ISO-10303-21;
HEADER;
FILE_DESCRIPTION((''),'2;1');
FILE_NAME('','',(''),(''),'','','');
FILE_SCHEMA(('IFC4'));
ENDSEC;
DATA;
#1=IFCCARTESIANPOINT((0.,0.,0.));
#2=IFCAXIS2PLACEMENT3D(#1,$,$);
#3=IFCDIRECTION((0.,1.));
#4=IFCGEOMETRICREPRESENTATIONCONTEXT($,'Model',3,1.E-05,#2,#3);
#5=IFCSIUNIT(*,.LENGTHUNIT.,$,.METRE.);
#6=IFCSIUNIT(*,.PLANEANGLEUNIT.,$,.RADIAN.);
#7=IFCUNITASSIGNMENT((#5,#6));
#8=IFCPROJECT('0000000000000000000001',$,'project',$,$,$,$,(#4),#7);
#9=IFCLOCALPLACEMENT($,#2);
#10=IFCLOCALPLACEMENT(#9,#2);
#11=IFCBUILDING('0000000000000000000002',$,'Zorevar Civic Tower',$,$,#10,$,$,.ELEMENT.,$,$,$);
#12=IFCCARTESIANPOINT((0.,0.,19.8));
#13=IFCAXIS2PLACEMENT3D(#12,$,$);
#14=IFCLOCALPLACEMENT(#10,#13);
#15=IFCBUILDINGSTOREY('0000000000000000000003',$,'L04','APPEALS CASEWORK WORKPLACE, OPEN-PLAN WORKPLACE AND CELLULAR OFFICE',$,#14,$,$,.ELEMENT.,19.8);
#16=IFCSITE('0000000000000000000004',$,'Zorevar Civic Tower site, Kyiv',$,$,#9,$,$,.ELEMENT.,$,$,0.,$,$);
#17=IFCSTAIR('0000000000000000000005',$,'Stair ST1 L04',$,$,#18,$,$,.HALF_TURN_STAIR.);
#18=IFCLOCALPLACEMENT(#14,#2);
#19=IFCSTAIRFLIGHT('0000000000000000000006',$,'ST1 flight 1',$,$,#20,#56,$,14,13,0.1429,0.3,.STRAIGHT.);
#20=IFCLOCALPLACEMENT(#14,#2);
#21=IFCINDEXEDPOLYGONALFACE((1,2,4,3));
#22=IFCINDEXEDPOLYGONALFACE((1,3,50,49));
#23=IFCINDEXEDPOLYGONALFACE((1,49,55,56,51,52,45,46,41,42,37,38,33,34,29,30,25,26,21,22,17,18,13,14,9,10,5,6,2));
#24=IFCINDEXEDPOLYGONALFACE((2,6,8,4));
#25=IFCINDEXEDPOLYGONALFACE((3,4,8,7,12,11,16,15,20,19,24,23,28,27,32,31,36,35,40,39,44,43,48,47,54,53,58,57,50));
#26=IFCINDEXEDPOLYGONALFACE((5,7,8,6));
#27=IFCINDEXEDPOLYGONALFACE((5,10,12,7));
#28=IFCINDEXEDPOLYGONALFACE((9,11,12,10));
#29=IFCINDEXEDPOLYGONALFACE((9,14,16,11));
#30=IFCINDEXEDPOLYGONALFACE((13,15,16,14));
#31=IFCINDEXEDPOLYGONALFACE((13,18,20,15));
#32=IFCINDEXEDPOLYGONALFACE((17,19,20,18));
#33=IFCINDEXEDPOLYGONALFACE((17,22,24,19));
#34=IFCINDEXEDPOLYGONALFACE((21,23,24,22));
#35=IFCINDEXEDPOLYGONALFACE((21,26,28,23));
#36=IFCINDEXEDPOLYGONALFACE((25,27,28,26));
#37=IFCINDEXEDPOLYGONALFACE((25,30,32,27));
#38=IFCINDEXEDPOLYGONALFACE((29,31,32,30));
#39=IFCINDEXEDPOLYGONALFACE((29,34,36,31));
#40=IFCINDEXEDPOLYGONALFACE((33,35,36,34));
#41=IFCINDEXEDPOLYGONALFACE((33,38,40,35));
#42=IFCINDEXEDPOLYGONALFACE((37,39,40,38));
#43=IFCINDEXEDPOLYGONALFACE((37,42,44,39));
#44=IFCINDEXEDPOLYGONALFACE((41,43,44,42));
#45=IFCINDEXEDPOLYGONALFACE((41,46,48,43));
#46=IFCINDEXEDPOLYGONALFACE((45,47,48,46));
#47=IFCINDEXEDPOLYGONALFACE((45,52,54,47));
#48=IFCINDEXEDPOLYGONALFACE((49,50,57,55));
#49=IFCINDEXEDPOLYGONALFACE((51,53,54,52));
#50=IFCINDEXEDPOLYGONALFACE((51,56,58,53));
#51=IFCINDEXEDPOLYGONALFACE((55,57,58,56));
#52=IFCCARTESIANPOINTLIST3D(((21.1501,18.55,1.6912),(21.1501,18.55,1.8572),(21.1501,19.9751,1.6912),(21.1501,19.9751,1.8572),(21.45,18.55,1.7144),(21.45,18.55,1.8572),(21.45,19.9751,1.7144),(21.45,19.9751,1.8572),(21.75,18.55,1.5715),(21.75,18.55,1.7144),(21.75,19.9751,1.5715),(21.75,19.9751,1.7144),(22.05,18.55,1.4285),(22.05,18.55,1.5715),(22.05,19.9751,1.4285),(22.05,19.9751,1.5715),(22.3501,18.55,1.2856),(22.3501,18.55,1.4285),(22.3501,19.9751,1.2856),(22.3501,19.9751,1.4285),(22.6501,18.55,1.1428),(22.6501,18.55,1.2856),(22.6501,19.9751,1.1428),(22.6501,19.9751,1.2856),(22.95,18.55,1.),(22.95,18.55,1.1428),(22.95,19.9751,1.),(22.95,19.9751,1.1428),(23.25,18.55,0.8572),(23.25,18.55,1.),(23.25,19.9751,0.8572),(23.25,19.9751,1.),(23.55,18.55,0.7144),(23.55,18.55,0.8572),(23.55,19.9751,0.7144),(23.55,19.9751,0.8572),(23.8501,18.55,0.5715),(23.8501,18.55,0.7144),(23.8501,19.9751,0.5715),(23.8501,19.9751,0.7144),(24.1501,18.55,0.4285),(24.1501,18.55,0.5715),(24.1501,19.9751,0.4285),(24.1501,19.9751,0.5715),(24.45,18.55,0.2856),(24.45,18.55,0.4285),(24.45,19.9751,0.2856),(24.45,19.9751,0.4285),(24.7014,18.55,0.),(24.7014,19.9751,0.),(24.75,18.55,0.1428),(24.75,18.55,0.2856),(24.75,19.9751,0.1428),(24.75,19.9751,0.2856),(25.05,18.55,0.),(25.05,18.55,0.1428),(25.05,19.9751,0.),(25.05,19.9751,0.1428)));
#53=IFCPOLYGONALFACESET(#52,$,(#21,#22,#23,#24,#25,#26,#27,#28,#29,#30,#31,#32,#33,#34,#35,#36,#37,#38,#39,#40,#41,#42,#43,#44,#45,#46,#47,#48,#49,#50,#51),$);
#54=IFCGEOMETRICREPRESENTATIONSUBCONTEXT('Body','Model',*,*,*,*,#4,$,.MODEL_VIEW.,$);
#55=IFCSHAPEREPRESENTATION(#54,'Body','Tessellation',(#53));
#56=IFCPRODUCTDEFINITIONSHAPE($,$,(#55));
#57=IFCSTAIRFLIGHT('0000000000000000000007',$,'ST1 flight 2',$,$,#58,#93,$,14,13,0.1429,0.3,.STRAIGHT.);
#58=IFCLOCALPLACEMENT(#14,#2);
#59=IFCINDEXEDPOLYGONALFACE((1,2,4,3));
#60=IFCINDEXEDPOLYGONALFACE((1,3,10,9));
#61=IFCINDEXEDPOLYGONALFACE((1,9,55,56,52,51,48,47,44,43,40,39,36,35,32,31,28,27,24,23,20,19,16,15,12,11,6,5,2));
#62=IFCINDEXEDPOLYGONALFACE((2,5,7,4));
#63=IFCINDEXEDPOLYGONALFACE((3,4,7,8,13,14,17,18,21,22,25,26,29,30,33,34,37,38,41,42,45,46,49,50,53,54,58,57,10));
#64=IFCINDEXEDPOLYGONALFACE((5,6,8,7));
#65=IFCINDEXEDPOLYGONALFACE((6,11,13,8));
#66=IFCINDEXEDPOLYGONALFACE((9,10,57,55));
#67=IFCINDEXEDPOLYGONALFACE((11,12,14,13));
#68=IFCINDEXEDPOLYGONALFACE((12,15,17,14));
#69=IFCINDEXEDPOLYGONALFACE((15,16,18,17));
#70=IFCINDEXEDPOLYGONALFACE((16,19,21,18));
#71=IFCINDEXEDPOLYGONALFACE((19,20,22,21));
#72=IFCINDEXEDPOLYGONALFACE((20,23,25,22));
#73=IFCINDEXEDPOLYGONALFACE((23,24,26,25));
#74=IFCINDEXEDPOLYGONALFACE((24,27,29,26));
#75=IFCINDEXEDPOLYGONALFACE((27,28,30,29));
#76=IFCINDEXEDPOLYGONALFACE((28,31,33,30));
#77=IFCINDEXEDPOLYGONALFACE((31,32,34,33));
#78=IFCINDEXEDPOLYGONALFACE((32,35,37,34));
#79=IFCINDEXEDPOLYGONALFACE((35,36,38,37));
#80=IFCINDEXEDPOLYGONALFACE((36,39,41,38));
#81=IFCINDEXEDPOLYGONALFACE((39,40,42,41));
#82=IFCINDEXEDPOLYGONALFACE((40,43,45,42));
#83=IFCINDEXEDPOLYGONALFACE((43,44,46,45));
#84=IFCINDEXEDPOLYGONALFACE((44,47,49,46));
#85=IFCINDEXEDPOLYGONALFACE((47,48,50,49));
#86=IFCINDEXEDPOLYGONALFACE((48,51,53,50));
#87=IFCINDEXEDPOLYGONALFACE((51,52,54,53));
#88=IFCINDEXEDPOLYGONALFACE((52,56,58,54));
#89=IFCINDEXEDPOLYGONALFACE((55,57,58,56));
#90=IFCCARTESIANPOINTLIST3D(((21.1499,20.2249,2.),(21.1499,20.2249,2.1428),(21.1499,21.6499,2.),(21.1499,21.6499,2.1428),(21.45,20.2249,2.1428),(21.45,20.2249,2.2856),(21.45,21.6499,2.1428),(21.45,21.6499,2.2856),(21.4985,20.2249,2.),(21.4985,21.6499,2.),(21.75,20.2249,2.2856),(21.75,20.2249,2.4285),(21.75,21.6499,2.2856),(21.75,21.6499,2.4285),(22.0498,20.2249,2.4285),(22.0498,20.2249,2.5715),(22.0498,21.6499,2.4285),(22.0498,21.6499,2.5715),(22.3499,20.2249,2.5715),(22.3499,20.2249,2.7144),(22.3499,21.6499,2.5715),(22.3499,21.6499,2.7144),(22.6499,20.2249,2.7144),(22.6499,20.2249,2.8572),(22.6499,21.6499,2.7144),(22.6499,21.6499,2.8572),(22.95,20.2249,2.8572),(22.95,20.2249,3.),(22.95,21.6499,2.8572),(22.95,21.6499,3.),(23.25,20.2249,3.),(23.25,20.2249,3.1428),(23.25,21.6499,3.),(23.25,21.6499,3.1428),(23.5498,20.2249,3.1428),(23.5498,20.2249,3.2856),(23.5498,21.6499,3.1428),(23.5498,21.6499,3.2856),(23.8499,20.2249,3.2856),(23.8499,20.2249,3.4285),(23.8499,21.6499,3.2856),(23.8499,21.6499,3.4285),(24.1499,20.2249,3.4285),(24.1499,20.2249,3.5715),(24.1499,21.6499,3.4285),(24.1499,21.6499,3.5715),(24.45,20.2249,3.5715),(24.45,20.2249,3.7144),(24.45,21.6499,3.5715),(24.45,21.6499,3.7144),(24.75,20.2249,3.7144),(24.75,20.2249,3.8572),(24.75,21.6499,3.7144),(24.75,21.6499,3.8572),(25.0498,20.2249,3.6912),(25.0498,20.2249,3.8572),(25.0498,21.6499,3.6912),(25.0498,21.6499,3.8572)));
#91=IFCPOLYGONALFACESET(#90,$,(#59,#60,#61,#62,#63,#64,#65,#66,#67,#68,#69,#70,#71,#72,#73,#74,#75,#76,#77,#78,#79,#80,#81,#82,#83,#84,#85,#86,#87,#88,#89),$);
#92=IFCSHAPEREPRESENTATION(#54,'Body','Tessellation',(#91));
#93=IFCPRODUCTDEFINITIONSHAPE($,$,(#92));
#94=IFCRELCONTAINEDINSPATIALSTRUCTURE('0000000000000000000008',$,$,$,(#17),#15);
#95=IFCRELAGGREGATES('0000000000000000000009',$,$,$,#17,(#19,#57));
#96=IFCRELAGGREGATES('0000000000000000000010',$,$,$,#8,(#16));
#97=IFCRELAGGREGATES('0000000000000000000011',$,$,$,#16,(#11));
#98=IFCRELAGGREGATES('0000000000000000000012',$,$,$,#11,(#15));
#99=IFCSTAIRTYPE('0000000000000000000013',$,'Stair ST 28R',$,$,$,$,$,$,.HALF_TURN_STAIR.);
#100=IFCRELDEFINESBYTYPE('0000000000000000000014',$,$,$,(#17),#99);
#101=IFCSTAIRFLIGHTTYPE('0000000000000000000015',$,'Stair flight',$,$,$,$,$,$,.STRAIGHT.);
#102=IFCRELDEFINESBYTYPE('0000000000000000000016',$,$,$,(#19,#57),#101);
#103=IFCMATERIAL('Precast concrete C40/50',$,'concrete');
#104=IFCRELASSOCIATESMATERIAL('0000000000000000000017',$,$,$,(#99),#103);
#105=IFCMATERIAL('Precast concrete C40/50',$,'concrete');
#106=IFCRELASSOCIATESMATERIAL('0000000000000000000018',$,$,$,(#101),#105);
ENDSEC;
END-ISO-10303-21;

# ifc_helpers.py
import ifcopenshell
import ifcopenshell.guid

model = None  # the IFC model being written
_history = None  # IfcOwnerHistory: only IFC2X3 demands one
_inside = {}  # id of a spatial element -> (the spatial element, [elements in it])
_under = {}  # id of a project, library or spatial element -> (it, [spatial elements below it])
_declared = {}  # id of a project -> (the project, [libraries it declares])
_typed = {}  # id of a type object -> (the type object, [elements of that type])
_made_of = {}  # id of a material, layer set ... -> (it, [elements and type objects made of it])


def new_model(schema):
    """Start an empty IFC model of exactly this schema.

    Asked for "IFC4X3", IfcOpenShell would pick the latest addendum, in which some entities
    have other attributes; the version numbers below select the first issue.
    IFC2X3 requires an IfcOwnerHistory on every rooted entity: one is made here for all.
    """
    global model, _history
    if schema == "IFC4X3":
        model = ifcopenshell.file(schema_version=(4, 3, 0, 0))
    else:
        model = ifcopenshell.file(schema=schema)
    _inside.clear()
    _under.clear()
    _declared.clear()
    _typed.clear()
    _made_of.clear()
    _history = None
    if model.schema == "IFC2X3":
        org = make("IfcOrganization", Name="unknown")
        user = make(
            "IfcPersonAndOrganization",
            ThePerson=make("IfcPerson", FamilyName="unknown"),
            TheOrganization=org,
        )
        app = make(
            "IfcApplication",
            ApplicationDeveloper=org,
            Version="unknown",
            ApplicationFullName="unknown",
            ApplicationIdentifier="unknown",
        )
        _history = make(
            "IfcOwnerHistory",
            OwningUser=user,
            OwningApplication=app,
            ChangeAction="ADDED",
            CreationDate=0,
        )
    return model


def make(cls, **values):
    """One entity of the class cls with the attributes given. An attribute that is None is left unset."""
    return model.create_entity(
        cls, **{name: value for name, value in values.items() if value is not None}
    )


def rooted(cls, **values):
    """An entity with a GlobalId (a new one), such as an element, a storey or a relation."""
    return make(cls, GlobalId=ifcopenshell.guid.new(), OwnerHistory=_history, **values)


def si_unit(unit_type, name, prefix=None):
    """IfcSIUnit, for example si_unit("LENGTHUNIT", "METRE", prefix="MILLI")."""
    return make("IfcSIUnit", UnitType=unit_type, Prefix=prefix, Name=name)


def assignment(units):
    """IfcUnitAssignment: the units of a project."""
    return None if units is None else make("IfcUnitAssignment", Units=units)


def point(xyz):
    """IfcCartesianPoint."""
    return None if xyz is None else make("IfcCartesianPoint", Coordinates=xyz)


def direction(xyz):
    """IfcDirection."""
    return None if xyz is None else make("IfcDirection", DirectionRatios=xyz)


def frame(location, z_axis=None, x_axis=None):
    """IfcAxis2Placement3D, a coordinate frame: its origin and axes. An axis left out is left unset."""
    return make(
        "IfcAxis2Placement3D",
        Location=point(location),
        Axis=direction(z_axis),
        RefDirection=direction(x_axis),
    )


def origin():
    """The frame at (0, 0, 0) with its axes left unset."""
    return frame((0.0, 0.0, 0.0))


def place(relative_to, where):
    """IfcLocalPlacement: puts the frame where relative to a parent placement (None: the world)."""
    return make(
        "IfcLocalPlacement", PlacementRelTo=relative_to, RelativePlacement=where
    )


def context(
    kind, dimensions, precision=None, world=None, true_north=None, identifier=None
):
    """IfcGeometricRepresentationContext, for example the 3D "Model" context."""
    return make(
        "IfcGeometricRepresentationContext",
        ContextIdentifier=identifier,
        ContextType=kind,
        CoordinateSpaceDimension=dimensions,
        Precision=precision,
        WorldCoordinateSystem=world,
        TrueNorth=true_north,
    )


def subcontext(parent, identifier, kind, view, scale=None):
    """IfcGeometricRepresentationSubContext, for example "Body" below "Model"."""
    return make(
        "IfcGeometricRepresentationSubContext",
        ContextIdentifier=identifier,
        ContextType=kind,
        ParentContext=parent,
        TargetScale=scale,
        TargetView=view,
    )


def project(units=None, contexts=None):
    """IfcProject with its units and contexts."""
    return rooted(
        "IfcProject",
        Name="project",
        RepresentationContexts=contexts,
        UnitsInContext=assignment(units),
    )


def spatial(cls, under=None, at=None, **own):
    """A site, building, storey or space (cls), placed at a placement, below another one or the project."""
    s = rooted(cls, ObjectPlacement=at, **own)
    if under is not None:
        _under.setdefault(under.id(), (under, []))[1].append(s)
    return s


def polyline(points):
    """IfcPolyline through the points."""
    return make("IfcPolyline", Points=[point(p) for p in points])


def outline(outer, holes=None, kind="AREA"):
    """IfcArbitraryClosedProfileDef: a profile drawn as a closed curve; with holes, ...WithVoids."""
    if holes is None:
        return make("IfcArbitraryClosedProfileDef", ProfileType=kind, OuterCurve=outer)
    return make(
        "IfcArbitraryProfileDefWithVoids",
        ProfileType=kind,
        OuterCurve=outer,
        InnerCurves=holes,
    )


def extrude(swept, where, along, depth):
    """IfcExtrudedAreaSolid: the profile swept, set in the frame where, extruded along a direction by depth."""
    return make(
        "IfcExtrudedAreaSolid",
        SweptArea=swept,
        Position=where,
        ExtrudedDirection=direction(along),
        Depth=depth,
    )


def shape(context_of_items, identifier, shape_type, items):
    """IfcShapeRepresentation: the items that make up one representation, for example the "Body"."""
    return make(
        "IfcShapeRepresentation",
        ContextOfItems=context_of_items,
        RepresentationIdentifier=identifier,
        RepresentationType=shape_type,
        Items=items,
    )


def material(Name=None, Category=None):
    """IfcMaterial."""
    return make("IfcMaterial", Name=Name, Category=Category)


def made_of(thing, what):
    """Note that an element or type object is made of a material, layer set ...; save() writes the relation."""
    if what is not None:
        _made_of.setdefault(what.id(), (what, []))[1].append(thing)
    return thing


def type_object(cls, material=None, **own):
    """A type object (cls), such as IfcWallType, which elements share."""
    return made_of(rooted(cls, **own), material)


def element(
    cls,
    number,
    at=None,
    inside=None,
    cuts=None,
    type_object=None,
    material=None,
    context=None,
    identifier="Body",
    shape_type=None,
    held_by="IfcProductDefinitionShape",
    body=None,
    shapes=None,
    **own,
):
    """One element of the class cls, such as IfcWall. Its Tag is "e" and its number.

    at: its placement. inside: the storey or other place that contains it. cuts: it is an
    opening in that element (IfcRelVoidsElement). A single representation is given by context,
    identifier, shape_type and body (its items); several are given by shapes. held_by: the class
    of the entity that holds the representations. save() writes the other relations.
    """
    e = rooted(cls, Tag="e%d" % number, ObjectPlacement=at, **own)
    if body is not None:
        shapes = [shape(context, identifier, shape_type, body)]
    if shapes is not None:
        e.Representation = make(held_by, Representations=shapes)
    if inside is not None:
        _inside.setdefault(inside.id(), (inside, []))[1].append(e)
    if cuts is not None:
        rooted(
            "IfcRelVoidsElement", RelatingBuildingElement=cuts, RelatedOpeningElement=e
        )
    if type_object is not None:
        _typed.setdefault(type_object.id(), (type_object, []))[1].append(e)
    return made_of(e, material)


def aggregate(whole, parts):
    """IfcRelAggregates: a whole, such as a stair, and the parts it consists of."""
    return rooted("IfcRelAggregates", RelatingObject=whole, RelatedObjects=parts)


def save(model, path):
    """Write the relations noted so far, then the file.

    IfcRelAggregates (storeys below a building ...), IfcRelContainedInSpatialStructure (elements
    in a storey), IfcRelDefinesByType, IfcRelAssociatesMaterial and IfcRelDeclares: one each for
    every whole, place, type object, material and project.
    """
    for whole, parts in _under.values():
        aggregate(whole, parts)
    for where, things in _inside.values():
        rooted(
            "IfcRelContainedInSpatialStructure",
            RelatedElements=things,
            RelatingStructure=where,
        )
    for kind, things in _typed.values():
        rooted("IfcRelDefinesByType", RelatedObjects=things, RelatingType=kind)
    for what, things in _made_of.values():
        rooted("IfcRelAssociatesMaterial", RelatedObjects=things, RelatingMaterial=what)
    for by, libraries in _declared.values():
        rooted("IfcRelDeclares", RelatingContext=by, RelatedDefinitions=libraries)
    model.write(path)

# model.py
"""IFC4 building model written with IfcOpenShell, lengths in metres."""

from ifc_helpers import new_model, si_unit, direction, frame, origin, place, context, subcontext, project, spatial, polyline, outline, extrude, material, type_object, element, aggregate, save


model = new_model("IFC4")

# Units and contexts
model_context = context("Model", 3, precision=1e-05, world=origin(), true_north=direction((0.0, 1.0)))
body_context = subcontext(model_context, "Body", "Model", "MODEL_VIEW")
ifc_project = project(units=[si_unit("LENGTHUNIT", "METRE"), si_unit("PLANEANGLEUNIT", "RADIAN")], contexts=[model_context])

# Site, building, storey
site_placement = place(None, origin())
site = spatial("IfcSite", under=ifc_project, at=site_placement, Name="Zorevar Civic Tower site, Kyiv", CompositionType="ELEMENT", RefElevation=0.0)
building_placement = place(site_placement, origin())
building = spatial("IfcBuilding", under=site, at=building_placement, Name="Zorevar Civic Tower", CompositionType="ELEMENT")
storey_placement = place(building_placement, frame((0.0, 0.0, 19.8)))
storey = spatial("IfcBuildingStorey", under=building, at=storey_placement, Name="L04", Description="APPEALS CASEWORK WORKPLACE, OPEN-PLAN WORKPLACE AND CELLULAR OFFICE", CompositionType="ELEMENT", Elevation=19.8)

# Stair, stair flights
ifc_material_1 = material(Name="Precast concrete C40/50", Category="concrete")
stair_type = type_object("IfcStairType", Name="Stair ST 28R", PredefinedType="HALF_TURN_STAIR", material=ifc_material_1)
stair_placement = place(storey_placement, origin())
stair = element("IfcStair", 1, at=stair_placement, inside=storey, type_object=stair_type, Name="Stair ST1 L04", PredefinedType="HALF_TURN_STAIR")
ifc_material_2 = material(Name="Precast concrete C40/50", Category="concrete")
stair_flight_type = type_object("IfcStairFlightType", Name="Stair flight", PredefinedType="STRAIGHT", material=ifc_material_2)
stair_flight_1_placement = place(storey_placement, frame((25.05, 19.2625, 0.0), z_axis=(0.0, 0.0, 1.0), x_axis=(-1.0, 0.0, 0.0)))
stair_flight_1 = element("IfcStairFlight", 2, at=stair_flight_1_placement, type_object=stair_flight_type, Name="ST1 flight 1", NumberOfRisers=14, NumberOfTreads=13, PredefinedType="STRAIGHT", RiserHeight=0.1429, TreadLength=0.3, context=body_context, shape_type="SweptSolid", body=[
    extrude(outline(polyline([(0.0, 0.0), (0.0, 0.1428), (0.3, 0.1428), (0.3, 0.2856), (0.6001, 0.2856), (0.6001, 0.4285), (0.8999, 0.4285), (0.8999, 0.5715), (1.2, 0.5715), (1.2, 0.7144), (1.5, 0.7144), (1.5, 0.8572), (1.8, 0.8572), (1.8, 1.0), (2.1001, 1.0), (2.1001, 1.1428), (2.3999, 1.1428), (2.3999, 1.2856), (2.7, 1.2856), (2.7, 1.4285), (3.0, 1.4285), (3.0, 1.5715), (3.3, 1.5715), (3.3, 1.7144), (3.6001, 1.7144), (3.6001, 1.8572), (3.8999, 1.8572), (3.8999, 2.0), (3.8999, 1.6912), (0.3486, 0.0), (0.0, 0.0)])), frame((0.0, 0.7124, 0.0), z_axis=(0.0, -1.0, 0.0), x_axis=(1.0, 0.0, 0.0)), (0.0, 0.0, 1.0), 1.425),
])
stair_flight_2_placement = place(storey_placement, frame((21.1499, 20.9375, 2.0), z_axis=(0.0, 0.0, 1.0), x_axis=(1.0, 0.0, 0.0)))
stair_flight_2 = element("IfcStairFlight", 3, at=stair_flight_2_placement, type_object=stair_flight_type, Name="ST1 flight 2", NumberOfRisers=14, NumberOfTreads=13, PredefinedType="STRAIGHT", RiserHeight=0.1429, TreadLength=0.3, context=body_context, shape_type="SweptSolid", body=[
    extrude(outline(polyline([(0.0, 0.0), (0.0, 0.1428), (0.3, 0.1428), (0.3, 0.2856), (0.6001, 0.2856), (0.6001, 0.4285), (0.8999, 0.4285), (0.8999, 0.5715), (1.2, 0.5715), (1.2, 0.7144), (1.5, 0.7144), (1.5, 0.8572), (1.8, 0.8572), (1.8, 1.0), (2.1001, 1.0), (2.1001, 1.1428), (2.3999, 1.1428), (2.3999, 1.2856), (2.7, 1.2856), (2.7, 1.4285), (3.0, 1.4285), (3.0, 1.5715), (3.3, 1.5715), (3.3, 1.7144), (3.6001, 1.7144), (3.6001, 1.8572), (3.8999, 1.8572), (3.8999, 2.0), (3.8999, 1.6912), (0.3486, 0.0), (0.0, 0.0)])), frame((0.0, 0.7124, 0.0), z_axis=(0.0, -1.0, 0.0), x_axis=(1.0, 0.0, 0.0)), (0.0, 0.0, 1.0), 1.425),
])
aggregate(stair, [stair_flight_1, stair_flight_2])

save(model, "model.ifc")
